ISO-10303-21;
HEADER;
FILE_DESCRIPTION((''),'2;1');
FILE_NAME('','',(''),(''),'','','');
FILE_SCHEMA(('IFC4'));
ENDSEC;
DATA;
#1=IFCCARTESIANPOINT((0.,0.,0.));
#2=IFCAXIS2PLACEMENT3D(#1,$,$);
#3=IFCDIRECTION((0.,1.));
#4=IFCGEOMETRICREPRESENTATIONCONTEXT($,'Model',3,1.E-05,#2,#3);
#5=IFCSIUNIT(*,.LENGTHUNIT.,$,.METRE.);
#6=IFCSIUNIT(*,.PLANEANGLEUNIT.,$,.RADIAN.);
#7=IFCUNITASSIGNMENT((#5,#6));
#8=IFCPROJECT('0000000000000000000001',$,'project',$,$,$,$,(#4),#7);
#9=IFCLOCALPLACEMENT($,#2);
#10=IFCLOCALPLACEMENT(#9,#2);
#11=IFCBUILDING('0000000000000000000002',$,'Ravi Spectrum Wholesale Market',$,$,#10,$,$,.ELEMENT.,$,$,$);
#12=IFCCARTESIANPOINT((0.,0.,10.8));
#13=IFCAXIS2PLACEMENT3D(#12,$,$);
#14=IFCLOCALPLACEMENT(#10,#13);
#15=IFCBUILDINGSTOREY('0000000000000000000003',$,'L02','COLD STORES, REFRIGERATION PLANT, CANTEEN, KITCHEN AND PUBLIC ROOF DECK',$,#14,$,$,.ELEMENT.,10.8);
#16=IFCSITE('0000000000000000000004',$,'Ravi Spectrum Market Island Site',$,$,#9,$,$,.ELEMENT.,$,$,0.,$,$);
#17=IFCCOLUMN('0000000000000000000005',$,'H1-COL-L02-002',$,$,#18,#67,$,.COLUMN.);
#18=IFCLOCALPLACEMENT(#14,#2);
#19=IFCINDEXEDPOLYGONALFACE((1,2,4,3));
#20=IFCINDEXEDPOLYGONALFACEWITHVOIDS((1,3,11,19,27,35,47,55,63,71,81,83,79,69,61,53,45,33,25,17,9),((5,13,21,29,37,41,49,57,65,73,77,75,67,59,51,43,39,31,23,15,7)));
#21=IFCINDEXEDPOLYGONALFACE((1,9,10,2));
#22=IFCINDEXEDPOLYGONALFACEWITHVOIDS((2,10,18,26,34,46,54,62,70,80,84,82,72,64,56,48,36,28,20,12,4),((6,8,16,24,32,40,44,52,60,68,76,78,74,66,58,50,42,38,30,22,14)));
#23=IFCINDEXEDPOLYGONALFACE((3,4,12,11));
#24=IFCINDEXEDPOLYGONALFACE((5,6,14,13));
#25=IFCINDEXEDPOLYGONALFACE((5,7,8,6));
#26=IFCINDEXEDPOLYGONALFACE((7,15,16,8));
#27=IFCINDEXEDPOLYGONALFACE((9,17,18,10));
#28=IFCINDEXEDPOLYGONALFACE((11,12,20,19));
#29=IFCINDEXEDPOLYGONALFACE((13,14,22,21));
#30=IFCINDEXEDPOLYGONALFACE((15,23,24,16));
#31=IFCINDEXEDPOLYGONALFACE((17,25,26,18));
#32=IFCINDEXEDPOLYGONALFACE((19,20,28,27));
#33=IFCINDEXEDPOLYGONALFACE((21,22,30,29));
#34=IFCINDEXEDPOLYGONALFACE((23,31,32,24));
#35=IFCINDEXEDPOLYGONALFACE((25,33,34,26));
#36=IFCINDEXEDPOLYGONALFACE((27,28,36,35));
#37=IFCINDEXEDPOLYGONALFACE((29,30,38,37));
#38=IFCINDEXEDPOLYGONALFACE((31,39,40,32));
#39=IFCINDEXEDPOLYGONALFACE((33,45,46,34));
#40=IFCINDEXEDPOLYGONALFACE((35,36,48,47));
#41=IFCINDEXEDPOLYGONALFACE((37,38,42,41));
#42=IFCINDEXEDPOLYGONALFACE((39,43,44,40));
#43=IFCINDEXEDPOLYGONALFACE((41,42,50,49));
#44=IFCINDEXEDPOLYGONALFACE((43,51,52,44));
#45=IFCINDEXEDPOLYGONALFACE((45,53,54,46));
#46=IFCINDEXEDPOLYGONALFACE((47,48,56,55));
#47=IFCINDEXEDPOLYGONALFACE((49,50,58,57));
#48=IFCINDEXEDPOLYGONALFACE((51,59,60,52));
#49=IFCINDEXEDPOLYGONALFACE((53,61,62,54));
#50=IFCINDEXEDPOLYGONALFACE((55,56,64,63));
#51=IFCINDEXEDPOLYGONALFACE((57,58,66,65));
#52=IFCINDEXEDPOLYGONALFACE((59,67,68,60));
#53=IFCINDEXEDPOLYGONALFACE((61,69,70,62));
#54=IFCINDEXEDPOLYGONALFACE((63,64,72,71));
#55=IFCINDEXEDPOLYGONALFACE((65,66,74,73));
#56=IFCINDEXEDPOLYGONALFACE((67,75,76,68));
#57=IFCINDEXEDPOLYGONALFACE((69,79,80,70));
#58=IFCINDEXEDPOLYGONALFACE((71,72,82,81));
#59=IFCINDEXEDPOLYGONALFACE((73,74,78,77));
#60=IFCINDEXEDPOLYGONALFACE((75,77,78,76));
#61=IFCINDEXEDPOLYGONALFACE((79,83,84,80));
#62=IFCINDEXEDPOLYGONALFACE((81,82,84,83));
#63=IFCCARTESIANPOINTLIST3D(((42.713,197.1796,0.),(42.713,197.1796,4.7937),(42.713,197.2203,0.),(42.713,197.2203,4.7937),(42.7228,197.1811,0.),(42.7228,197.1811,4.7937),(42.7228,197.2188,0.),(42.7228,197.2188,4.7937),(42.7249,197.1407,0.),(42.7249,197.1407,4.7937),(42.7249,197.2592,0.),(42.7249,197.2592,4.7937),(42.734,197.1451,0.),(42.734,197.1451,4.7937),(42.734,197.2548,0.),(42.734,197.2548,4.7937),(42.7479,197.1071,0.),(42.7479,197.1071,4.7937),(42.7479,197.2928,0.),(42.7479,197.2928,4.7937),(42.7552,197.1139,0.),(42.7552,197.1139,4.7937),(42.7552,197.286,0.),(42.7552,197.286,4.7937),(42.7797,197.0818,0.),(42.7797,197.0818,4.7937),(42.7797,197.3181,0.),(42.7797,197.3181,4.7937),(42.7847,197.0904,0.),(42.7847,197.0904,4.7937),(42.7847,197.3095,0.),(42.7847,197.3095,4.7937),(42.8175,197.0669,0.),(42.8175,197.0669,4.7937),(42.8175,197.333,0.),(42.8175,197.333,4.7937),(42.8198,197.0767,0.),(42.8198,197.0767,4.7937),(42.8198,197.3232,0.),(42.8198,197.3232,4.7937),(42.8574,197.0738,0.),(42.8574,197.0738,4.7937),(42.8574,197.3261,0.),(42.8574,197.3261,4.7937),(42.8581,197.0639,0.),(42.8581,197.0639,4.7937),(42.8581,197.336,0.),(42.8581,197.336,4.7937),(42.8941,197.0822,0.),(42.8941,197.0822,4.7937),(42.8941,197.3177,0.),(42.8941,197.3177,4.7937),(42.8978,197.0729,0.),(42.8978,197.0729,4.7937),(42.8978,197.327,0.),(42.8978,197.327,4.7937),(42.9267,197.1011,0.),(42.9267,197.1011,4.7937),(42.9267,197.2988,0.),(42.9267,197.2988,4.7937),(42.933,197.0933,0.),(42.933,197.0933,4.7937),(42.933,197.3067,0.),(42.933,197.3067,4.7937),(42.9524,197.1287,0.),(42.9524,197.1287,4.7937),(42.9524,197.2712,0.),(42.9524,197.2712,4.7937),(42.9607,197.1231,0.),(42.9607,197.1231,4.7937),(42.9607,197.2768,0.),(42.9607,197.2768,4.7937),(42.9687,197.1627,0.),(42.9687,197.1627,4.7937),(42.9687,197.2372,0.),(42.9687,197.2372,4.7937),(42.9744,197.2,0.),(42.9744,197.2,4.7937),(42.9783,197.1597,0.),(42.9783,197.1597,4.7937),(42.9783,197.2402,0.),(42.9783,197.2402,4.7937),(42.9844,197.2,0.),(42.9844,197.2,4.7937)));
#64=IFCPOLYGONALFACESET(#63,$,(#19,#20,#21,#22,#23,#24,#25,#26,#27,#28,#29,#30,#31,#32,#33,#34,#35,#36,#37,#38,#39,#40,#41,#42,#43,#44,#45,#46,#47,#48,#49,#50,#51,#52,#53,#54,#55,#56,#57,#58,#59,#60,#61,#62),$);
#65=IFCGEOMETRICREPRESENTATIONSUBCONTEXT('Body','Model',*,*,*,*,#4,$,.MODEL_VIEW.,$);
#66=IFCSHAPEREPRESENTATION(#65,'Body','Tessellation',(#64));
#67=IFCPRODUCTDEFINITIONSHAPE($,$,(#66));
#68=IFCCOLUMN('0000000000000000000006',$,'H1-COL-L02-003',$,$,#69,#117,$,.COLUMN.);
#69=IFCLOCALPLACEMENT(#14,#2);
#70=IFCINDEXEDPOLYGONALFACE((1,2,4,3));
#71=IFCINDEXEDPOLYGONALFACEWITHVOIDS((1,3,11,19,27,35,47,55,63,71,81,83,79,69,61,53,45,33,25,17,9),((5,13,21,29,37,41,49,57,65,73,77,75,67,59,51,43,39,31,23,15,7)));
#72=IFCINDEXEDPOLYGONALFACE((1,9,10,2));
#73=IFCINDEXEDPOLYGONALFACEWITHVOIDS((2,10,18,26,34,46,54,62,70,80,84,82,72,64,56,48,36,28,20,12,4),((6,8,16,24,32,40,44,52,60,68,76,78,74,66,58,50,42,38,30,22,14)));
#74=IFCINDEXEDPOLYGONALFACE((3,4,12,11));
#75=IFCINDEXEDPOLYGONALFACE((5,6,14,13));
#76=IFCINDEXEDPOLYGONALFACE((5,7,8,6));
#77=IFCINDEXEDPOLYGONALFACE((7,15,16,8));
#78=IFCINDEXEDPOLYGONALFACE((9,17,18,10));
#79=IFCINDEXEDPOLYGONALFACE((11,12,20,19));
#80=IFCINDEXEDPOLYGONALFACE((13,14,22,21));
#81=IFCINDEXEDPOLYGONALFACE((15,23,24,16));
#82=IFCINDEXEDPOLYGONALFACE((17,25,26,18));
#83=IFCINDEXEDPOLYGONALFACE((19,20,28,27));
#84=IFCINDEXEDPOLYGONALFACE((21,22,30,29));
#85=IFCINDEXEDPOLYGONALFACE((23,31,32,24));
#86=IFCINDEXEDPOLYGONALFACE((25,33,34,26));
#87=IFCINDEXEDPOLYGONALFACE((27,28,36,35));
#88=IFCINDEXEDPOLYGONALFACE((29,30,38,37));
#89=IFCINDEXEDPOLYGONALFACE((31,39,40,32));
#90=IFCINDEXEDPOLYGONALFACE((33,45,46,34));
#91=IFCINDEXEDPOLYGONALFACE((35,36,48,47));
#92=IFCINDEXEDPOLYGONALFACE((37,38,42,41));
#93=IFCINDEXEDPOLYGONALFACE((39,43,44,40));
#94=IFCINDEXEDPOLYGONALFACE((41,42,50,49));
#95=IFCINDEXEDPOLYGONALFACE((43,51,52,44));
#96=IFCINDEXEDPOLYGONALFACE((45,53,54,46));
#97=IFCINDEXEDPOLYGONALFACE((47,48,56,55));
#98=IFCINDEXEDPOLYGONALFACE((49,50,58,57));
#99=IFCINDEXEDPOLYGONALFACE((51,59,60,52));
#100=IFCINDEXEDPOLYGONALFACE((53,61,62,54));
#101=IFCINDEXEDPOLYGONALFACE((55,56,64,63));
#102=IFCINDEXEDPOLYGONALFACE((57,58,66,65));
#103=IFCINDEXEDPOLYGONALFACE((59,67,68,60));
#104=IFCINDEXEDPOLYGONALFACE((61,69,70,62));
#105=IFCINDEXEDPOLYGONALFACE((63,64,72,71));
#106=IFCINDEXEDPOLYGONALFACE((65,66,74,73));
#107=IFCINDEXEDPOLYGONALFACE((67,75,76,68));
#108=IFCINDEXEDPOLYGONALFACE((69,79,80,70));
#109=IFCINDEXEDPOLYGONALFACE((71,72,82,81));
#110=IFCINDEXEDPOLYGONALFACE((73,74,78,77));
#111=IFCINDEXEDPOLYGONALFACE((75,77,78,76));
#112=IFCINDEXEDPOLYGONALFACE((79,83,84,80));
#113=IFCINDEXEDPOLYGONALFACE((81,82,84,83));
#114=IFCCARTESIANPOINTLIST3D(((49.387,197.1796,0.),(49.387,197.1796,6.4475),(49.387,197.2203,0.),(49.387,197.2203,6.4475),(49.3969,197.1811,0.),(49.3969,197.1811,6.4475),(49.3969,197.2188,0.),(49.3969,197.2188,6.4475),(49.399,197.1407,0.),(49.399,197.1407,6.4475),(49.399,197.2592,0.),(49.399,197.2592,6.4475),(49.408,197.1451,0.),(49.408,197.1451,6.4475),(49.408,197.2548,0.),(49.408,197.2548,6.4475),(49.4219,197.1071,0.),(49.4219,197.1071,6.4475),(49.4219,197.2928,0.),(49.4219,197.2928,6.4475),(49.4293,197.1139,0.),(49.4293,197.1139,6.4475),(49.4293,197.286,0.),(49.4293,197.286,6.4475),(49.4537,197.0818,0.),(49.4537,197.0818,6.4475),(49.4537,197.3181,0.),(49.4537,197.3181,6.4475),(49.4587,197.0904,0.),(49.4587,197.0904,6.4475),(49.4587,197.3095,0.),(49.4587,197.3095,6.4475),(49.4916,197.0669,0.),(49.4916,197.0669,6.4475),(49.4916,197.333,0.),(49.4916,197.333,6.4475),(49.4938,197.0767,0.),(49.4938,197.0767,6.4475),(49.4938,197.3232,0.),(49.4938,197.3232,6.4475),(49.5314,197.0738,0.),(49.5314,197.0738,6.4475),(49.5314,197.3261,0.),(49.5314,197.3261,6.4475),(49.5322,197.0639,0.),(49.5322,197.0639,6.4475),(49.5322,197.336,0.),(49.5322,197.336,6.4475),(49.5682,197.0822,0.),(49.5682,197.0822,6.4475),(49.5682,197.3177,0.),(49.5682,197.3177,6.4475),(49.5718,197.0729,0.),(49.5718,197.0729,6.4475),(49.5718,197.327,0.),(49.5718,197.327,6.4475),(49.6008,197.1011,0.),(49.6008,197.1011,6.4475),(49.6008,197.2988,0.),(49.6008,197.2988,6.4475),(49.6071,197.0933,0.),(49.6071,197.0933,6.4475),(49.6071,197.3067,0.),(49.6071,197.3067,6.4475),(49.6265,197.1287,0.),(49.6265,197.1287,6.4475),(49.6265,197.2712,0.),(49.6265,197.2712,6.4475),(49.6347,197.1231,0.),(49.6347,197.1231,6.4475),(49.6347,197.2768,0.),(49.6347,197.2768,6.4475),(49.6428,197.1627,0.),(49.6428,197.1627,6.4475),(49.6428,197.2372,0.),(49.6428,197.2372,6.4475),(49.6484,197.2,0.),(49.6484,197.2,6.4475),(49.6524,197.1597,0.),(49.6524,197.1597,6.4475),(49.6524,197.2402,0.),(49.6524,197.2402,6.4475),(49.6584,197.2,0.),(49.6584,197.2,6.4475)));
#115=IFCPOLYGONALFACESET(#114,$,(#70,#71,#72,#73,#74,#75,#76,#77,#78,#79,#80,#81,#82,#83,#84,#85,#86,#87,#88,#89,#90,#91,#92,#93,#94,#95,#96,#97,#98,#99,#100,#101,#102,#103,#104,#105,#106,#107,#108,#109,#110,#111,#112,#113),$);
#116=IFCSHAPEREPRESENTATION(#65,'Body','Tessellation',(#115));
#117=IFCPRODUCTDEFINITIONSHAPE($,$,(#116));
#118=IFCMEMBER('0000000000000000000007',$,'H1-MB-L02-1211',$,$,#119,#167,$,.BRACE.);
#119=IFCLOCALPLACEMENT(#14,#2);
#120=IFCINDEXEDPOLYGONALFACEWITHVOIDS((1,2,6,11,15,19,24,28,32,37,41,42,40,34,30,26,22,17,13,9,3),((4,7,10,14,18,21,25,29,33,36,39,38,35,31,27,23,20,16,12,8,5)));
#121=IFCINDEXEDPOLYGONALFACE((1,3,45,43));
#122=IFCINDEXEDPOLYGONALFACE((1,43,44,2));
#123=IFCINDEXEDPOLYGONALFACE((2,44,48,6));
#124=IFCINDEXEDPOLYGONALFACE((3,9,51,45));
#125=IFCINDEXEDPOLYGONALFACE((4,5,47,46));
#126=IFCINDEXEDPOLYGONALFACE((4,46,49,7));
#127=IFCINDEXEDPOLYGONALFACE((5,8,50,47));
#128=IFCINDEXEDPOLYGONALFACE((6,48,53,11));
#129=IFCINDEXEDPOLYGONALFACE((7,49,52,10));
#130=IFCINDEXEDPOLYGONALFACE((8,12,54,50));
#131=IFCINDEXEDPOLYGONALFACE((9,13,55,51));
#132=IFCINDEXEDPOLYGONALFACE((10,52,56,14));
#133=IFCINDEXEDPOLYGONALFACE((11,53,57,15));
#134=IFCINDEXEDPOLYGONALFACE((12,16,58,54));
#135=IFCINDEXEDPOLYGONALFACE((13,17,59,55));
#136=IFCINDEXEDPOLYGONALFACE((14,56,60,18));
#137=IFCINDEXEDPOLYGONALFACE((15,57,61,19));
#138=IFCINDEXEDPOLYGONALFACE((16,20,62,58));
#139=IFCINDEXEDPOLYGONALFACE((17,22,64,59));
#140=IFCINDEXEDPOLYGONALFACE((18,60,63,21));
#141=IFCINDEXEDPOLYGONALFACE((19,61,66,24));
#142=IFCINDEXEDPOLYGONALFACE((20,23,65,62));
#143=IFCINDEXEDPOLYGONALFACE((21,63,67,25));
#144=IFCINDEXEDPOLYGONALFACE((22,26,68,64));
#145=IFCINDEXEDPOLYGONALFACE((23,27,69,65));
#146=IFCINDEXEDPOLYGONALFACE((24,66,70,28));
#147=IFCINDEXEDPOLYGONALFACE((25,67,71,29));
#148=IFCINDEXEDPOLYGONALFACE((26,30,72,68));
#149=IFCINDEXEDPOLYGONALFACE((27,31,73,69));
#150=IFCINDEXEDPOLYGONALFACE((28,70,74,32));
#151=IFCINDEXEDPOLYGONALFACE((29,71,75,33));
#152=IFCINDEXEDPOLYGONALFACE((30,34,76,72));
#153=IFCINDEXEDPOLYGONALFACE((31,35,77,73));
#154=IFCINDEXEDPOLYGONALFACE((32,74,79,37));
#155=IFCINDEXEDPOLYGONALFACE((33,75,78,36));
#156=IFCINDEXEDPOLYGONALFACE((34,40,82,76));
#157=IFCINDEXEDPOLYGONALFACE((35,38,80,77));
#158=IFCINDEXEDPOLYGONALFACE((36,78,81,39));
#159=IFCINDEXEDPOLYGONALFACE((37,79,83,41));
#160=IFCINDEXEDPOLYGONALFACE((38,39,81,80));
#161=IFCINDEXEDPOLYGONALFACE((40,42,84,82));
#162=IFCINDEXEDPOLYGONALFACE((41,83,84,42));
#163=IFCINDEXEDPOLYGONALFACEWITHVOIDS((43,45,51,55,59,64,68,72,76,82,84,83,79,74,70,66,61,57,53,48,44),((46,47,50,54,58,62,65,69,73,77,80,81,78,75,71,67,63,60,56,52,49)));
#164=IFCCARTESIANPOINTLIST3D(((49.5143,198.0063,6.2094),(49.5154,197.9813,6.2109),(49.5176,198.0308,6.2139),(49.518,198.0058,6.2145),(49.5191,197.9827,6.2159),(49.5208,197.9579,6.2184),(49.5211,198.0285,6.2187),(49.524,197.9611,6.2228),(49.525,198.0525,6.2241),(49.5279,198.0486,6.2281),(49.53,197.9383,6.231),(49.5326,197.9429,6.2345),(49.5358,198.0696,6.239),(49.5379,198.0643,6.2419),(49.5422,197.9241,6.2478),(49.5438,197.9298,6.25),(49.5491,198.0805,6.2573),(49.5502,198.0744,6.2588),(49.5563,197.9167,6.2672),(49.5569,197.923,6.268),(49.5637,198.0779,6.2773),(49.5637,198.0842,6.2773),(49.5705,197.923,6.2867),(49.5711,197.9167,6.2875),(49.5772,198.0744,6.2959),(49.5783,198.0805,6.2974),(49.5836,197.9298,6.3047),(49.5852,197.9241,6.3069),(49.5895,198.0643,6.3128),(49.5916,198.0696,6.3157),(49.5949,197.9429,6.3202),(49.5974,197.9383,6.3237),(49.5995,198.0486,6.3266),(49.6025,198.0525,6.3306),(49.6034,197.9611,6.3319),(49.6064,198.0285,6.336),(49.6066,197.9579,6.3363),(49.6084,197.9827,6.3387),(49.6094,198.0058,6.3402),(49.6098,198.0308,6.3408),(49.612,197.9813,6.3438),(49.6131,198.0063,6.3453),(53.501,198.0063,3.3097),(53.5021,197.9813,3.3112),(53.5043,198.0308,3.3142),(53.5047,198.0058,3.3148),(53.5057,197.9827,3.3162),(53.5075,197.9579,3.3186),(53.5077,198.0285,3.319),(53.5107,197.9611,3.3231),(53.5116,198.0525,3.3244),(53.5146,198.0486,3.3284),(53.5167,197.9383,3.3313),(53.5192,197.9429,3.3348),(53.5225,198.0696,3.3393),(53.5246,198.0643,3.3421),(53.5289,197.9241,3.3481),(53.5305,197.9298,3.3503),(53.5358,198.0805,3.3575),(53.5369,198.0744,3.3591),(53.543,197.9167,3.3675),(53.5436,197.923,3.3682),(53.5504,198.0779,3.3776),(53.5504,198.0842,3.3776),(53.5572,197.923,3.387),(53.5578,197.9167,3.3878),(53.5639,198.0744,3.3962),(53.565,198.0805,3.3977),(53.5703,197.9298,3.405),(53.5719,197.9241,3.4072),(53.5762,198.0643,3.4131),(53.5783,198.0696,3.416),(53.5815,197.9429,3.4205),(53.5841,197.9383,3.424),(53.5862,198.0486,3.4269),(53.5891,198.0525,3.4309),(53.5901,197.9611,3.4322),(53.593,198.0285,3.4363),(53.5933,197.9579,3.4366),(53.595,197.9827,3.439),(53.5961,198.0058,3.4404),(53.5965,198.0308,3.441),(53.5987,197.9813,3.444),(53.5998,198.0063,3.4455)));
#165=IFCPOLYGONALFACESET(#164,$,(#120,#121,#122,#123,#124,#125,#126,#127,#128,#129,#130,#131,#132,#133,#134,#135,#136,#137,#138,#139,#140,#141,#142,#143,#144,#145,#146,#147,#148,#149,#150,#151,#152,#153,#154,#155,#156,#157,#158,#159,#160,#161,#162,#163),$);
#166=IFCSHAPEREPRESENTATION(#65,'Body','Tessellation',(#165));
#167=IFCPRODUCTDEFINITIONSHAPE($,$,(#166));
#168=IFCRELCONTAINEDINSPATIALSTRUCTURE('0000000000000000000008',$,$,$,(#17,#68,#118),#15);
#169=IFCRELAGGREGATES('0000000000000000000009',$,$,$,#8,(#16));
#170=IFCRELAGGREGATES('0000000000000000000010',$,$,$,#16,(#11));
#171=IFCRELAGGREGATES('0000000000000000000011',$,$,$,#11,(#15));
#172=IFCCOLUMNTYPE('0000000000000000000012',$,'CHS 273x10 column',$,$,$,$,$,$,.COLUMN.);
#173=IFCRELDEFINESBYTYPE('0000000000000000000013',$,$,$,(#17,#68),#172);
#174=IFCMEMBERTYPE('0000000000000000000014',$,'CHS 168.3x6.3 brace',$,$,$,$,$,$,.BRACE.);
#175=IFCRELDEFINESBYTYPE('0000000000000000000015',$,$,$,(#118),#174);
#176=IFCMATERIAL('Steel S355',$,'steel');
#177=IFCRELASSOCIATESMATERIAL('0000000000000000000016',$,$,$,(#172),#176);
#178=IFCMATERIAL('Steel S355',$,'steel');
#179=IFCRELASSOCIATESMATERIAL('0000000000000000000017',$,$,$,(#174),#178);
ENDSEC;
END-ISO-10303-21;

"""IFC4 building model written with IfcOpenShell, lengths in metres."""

from ifc_helpers import new_model, si_unit, direction, frame, origin, origin_2d, place, context, subcontext, project, spatial, hollow_circle, extrude, material, material_profile, profile_set, type_object, element, save


model = new_model("IFC4")

# Units and contexts
model_context = context("Model", 3, precision=1e-05, world=origin(), true_north=direction((0.0, 1.0)))
body_context = subcontext(model_context, "Body", "Model", "MODEL_VIEW")
ifc_project = project(units=[si_unit("LENGTHUNIT", "METRE"), si_unit("PLANEANGLEUNIT", "RADIAN")], contexts=[model_context])

# Site, building, storey
site_placement = place(None, origin())
site = spatial("IfcSite", under=ifc_project, at=site_placement, Name="Ravi Spectrum Market Island Site", CompositionType="ELEMENT", RefElevation=0.0)
building_placement = place(site_placement, origin())
building = spatial("IfcBuilding", under=site, at=building_placement, Name="Ravi Spectrum Wholesale Market", CompositionType="ELEMENT")
storey_placement = place(building_placement, frame((0.0, 0.0, 10.8)))
storey = spatial("IfcBuildingStorey", under=building, at=storey_placement, Name="L02", Description="COLD STORES, REFRIGERATION PLANT, CANTEEN, KITCHEN AND PUBLIC ROOF DECK", CompositionType="ELEMENT", Elevation=10.8)

# Columns
ifc_material_1 = material(Name="Steel S355", Category="steel")
ifc_material_profile_1 = material_profile(ifc_material_1, hollow_circle(Radius=0.1365, WallThickness=0.01, at=origin_2d()))
ifc_profile_set_1 = profile_set([ifc_material_profile_1], Name="Steel S355")
column_type = type_object("IfcColumnType", Name="CHS 273x10 column", PredefinedType="COLUMN", material=ifc_profile_set_1)
column_1_placement = place(storey_placement, frame((42.8479, 197.2, 0.0), z_axis=(0.0, 0.0, 1.0), x_axis=(1.0, 0.0, 0.0)))
element("IfcColumn", 1, at=column_1_placement, inside=storey, type_object=column_type, Name="H1-COL-L02-002", PredefinedType="COLUMN", context=body_context, shape_type="SweptSolid", body=[
    extrude(hollow_circle(Radius=0.1365, WallThickness=0.01, at=origin_2d()), origin(), (0.0, 0.0, 1.0), 4.7937),
])
column_2_placement = place(storey_placement, frame((49.522, 197.2, 0.0), z_axis=(0.0, 0.0, 1.0), x_axis=(1.0, 0.0, 0.0)))
element("IfcColumn", 2, at=column_2_placement, inside=storey, type_object=column_type, Name="H1-COL-L02-003", PredefinedType="COLUMN", context=body_context, shape_type="SweptSolid", body=[
    extrude(hollow_circle(Radius=0.1365, WallThickness=0.01, at=origin_2d()), origin(), (0.0, 0.0, 1.0), 6.4475),
])

# Member
ifc_material_2 = material(Name="Steel S355", Category="steel")
ifc_material_profile_2 = material_profile(ifc_material_2, hollow_circle(Radius=0.0842, WallThickness=0.0063, at=origin_2d()))
ifc_profile_set_2 = profile_set([ifc_material_profile_2], Name="Steel S355")
member_type_1 = type_object("IfcMemberType", Name="CHS 168.3x6.3 brace", PredefinedType="BRACE", material=ifc_profile_set_2)
member_1_placement = place(storey_placement, frame((49.5637, 198.0, 6.2773), z_axis=(0.808704, 0.0, -0.588216), x_axis=(0.0, 1.0, 0.0)))
element("IfcMember", 3, at=member_1_placement, inside=storey, type_object=member_type_1, Name="H1-MB-L02-1211", PredefinedType="BRACE", context=body_context, shape_type="SweptSolid", body=[
    extrude(hollow_circle(Radius=0.0842, WallThickness=0.0063, at=origin_2d()), origin(), (0.0, 0.0, 1.0), 4.9297),
])

save(model, "model.ifc")
